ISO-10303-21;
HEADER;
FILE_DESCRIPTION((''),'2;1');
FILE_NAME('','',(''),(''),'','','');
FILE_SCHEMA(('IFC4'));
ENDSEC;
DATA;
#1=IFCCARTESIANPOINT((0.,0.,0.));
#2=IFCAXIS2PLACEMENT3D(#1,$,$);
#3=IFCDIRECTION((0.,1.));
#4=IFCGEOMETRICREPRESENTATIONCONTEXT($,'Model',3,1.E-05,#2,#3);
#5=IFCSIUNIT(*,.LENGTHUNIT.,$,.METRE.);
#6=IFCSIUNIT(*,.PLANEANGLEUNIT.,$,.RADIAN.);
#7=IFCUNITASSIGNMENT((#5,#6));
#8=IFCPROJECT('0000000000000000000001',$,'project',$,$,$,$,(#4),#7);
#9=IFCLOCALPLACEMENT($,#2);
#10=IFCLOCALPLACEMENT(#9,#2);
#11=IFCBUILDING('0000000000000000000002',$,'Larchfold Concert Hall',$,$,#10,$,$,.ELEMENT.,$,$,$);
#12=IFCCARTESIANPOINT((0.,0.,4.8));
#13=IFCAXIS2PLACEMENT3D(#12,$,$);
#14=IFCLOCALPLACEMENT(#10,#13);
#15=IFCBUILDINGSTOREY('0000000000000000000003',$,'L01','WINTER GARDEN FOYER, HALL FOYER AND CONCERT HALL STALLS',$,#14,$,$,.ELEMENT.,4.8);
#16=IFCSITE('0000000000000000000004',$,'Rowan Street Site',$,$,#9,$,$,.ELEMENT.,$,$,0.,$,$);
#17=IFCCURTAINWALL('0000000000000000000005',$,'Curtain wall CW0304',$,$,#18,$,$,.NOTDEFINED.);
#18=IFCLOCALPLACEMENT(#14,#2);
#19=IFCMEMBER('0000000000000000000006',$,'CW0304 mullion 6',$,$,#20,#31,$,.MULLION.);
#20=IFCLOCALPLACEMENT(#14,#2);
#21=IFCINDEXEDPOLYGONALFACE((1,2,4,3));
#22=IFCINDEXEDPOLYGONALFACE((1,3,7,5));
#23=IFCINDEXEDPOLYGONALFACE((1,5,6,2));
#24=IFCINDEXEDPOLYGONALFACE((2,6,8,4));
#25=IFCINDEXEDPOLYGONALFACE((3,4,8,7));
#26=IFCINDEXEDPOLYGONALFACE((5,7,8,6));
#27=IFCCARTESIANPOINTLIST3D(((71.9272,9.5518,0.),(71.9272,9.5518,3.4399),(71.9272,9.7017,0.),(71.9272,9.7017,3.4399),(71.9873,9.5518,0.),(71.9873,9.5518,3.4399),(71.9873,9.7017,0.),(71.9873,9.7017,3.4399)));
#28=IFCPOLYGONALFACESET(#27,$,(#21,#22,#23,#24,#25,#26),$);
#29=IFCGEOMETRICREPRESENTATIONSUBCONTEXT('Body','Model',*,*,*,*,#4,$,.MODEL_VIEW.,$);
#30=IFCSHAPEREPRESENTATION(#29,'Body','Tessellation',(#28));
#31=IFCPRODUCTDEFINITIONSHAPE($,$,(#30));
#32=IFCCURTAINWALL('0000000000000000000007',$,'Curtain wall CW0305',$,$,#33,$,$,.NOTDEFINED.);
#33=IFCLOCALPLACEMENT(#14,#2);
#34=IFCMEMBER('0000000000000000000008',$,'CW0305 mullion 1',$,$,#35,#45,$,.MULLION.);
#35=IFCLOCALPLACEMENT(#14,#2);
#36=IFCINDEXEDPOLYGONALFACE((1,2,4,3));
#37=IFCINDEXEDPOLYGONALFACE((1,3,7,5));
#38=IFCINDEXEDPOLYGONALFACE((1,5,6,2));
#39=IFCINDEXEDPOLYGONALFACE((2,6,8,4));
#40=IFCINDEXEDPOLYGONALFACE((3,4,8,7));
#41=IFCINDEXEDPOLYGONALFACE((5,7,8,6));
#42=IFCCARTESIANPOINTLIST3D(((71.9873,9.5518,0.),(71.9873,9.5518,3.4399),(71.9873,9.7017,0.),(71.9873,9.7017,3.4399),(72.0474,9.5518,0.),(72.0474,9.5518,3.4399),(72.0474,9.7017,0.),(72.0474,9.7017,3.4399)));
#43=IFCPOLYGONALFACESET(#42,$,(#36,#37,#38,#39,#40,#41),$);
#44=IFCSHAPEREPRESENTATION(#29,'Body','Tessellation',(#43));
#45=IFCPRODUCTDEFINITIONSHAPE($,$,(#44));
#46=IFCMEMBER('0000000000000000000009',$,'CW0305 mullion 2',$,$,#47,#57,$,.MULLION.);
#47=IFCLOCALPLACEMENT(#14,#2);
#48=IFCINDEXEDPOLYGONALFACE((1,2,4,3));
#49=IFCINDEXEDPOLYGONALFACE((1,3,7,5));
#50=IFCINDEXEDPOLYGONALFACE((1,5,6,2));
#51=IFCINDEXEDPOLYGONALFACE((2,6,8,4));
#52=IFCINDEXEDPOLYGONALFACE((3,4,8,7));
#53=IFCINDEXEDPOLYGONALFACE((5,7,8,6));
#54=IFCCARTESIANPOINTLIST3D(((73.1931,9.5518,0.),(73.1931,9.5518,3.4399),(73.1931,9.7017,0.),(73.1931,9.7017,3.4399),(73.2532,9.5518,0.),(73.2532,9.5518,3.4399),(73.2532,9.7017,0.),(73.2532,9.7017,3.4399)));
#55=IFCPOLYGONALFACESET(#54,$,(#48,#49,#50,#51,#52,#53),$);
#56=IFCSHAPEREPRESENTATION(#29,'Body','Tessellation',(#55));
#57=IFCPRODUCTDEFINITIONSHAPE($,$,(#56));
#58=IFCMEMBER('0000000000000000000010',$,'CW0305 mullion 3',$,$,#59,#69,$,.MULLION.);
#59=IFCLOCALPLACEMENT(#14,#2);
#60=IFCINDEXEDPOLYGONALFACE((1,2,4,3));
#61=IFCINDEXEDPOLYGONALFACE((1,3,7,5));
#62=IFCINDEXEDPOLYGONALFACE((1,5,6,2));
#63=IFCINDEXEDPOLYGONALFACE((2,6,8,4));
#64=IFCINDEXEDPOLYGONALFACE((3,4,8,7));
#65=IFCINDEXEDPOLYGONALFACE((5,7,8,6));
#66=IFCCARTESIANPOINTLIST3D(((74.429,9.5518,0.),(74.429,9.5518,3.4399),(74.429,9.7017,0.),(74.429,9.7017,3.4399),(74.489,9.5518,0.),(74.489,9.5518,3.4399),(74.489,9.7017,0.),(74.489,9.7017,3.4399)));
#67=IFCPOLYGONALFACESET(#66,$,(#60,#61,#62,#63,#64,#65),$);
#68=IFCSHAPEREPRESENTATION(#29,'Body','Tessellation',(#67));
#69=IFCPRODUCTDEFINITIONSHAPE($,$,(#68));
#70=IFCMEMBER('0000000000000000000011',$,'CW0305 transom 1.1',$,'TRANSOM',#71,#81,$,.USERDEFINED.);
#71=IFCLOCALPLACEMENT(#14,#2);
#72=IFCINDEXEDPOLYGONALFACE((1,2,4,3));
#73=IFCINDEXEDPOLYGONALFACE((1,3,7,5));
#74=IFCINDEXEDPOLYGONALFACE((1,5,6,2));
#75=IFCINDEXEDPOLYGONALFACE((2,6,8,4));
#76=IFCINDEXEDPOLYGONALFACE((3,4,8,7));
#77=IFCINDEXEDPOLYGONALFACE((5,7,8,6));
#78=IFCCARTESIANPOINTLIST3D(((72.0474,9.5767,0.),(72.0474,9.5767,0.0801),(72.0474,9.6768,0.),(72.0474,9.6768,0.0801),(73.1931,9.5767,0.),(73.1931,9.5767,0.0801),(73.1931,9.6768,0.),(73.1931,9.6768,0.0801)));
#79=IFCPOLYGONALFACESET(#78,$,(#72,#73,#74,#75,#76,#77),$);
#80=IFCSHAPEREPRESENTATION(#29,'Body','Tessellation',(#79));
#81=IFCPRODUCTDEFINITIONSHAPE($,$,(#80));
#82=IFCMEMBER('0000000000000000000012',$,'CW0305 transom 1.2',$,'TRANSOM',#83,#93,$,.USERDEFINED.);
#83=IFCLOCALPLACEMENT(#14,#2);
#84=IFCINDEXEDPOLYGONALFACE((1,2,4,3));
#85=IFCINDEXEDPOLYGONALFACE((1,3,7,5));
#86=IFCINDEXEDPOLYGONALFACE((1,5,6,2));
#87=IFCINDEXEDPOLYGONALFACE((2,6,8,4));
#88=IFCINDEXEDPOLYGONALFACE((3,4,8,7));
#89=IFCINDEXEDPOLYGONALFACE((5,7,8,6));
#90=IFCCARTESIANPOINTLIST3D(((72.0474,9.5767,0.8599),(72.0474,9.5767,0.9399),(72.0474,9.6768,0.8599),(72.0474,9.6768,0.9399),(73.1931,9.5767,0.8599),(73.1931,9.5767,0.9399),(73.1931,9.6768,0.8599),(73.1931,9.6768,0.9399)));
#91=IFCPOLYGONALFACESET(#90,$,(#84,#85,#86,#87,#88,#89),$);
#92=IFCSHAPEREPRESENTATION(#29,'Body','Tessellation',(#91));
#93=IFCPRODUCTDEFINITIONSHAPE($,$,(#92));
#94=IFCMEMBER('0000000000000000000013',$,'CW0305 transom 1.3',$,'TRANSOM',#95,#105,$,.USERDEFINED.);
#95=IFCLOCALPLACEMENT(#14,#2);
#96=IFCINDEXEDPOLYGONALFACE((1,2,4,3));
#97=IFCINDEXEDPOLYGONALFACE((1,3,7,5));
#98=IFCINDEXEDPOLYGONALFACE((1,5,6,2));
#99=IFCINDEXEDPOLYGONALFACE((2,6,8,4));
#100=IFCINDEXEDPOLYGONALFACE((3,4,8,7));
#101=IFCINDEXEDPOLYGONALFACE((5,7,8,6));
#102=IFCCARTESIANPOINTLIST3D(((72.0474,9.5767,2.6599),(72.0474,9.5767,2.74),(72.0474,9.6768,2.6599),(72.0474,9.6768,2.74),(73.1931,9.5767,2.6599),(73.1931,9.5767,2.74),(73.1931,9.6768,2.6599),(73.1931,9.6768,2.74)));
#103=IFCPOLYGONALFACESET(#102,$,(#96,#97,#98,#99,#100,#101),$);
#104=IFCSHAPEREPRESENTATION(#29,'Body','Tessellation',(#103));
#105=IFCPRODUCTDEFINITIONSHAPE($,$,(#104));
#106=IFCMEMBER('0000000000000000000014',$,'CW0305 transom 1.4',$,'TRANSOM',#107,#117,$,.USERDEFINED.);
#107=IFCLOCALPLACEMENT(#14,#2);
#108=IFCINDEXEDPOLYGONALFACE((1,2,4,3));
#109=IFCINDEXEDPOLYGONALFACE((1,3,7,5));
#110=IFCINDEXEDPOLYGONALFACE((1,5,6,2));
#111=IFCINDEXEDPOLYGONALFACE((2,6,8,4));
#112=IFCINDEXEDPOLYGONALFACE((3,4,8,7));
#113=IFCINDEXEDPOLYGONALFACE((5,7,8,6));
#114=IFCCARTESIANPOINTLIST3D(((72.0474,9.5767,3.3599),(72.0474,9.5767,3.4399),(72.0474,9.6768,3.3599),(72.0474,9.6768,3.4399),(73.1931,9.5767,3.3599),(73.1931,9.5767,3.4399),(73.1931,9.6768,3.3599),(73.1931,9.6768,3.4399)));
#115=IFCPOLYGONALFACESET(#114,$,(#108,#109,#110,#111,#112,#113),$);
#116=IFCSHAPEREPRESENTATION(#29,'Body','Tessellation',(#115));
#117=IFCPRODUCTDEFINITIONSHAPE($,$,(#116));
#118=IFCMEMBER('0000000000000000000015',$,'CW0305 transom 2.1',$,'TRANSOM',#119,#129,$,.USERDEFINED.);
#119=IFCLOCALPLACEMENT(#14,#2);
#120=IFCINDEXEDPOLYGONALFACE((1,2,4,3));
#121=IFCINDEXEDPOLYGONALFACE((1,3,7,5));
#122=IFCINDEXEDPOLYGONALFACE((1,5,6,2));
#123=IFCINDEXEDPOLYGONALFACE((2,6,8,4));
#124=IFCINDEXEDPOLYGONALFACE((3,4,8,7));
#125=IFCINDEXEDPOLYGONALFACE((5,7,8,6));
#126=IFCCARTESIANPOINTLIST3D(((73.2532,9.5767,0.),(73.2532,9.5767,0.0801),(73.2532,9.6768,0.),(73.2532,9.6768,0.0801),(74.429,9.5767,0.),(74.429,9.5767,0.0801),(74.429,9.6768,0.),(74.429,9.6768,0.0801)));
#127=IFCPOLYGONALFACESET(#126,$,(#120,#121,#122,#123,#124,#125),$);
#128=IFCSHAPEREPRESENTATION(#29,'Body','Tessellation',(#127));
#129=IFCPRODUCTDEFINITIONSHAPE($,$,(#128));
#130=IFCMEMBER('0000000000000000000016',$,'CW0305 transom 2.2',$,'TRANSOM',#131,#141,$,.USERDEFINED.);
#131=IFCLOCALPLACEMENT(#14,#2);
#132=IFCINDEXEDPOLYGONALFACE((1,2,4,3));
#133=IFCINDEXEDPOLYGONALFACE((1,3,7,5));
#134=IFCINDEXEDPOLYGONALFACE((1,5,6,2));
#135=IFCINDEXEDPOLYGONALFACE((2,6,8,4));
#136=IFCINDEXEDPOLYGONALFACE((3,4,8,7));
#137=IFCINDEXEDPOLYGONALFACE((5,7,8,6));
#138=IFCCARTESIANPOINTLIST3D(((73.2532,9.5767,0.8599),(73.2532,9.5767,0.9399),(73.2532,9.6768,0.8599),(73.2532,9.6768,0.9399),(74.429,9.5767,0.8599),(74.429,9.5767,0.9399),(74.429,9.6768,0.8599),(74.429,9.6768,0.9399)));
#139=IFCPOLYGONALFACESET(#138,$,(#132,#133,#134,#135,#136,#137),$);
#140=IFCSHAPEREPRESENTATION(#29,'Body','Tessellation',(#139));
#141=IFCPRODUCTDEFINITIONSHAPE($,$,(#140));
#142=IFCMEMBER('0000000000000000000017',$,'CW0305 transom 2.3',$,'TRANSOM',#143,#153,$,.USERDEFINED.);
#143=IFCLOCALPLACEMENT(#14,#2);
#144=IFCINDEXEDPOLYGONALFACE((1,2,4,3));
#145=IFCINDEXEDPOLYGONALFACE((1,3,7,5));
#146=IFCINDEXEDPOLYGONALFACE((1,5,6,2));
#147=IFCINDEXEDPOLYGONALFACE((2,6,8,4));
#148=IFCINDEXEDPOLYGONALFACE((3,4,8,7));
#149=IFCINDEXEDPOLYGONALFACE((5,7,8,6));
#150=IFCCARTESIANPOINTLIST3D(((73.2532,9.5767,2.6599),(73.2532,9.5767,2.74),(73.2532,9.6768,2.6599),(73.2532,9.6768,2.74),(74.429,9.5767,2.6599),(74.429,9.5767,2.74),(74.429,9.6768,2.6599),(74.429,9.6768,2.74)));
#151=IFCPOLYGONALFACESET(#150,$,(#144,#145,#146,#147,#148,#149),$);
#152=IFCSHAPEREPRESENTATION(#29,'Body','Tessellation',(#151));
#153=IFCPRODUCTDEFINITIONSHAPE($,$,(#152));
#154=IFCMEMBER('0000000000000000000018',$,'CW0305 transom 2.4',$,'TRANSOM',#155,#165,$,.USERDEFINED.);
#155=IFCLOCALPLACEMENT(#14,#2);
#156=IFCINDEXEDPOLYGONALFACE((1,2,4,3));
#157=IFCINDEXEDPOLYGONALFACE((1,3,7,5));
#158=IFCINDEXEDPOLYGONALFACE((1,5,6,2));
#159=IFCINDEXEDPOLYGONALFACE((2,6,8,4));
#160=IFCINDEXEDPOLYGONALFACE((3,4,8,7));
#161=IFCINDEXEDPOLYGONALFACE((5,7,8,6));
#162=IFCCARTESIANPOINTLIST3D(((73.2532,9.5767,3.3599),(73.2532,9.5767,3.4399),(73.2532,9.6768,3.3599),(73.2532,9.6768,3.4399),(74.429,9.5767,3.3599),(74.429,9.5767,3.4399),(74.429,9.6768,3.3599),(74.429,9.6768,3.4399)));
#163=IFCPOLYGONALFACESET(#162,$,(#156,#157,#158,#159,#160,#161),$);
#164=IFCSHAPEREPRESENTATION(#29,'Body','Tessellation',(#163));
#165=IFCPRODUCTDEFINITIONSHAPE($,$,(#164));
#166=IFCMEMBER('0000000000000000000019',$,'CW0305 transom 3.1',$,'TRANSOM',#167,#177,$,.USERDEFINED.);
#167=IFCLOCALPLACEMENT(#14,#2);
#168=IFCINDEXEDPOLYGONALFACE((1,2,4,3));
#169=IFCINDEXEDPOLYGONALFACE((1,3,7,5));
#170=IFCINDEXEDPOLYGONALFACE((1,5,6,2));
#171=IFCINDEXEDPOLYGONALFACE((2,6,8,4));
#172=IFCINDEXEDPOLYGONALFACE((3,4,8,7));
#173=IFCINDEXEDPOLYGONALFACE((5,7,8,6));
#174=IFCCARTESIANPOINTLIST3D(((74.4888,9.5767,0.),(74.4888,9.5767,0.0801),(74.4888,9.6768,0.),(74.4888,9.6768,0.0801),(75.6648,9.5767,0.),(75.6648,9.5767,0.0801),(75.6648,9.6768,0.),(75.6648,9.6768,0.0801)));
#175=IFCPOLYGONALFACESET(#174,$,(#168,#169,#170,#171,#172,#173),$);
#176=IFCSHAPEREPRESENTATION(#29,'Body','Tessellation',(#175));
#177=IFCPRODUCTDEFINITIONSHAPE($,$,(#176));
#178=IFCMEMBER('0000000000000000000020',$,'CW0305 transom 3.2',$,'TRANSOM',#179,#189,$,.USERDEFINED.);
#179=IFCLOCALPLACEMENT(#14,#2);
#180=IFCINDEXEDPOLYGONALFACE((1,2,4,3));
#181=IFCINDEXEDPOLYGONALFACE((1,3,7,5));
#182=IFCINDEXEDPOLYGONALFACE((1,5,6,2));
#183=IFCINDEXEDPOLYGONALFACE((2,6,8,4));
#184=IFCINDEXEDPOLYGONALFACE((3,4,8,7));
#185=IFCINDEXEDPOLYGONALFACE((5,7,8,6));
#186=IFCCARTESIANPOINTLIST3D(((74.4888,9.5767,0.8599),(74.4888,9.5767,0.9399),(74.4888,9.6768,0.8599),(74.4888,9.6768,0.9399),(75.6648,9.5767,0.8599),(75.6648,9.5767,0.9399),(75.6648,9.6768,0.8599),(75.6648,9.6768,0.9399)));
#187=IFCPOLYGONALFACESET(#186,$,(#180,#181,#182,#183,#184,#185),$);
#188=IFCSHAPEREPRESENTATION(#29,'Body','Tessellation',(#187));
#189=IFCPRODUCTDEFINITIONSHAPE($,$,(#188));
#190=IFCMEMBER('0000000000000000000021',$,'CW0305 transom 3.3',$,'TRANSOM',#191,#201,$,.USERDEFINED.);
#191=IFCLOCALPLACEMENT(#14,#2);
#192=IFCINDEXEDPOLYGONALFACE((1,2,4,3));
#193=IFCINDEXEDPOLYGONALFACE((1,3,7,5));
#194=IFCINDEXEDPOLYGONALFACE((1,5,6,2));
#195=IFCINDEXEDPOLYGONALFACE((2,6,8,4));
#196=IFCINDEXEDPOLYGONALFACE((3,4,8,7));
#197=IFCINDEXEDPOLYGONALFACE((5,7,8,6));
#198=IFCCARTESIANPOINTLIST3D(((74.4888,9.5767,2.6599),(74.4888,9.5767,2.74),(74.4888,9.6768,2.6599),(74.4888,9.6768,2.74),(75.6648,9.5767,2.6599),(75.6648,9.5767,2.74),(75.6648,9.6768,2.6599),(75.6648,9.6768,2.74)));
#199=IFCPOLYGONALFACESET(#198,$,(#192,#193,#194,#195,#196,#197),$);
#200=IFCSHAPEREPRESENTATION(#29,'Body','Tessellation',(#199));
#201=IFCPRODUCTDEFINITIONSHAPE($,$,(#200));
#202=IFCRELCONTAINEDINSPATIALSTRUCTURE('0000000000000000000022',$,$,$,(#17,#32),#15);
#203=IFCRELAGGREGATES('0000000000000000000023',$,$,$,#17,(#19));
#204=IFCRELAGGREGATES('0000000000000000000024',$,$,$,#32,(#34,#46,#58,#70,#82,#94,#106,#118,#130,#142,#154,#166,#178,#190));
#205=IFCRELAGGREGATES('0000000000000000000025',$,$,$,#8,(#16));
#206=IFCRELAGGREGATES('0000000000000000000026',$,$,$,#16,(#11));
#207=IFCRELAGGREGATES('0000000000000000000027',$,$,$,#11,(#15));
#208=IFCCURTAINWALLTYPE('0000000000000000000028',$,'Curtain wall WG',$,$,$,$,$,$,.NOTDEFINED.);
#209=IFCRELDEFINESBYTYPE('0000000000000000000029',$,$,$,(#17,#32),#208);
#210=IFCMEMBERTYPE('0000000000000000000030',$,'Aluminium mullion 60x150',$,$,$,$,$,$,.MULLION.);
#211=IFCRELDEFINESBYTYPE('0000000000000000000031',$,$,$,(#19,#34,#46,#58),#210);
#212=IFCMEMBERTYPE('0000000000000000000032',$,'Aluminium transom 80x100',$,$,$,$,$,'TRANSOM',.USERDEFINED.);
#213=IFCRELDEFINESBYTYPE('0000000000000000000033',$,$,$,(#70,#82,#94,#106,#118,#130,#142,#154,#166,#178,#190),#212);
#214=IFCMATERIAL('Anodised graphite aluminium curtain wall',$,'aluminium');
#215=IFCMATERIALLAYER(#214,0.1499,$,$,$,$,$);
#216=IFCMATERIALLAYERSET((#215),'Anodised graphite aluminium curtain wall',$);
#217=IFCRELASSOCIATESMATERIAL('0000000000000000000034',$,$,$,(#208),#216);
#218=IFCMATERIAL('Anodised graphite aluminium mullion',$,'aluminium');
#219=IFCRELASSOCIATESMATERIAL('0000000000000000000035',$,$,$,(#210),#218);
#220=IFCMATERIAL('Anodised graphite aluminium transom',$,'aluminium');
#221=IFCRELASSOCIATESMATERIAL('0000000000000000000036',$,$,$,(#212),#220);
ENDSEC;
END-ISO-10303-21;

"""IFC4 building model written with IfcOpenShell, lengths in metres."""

from ifc_helpers import new_model, si_unit, direction, frame, origin, origin_2d, place, context, subcontext, project, spatial, rectangle, extrude, material, layer, layer_set, material_profile, profile_set, type_object, element, aggregate, save


model = new_model("IFC4")

# Units and contexts
model_context = context("Model", 3, precision=1e-05, world=origin(), true_north=direction((0.0, 1.0)))
body_context = subcontext(model_context, "Body", "Model", "MODEL_VIEW")
ifc_project = project(units=[si_unit("LENGTHUNIT", "METRE"), si_unit("PLANEANGLEUNIT", "RADIAN")], contexts=[model_context])

# Site, building, storey
site_placement = place(None, origin())
site = spatial("IfcSite", under=ifc_project, at=site_placement, Name="Rowan Street Site", CompositionType="ELEMENT", RefElevation=0.0)
building_placement = place(site_placement, origin())
building = spatial("IfcBuilding", under=site, at=building_placement, Name="Larchfold Concert Hall", CompositionType="ELEMENT")
storey_placement = place(building_placement, frame((0.0, 0.0, 4.8)))
storey = spatial("IfcBuildingStorey", under=building, at=storey_placement, Name="L01", Description="WINTER GARDEN FOYER, HALL FOYER AND CONCERT HALL STALLS", CompositionType="ELEMENT", Elevation=4.8)

# Curtain wall, member
ifc_material_1 = material(Name="Anodised graphite aluminium curtain wall", Category="aluminium")
ifc_layer_1 = layer(ifc_material_1, 0.1499)
ifc_layer_set_1 = layer_set([ifc_layer_1], Name="Anodised graphite aluminium curtain wall")
curtain_wall_type = type_object("IfcCurtainWallType", Name="Curtain wall WG", PredefinedType="NOTDEFINED", material=ifc_layer_set_1)
curtain_wall_1_placement = place(storey_placement, origin())
curtain_wall_1 = element("IfcCurtainWall", 1, at=curtain_wall_1_placement, inside=storey, type_object=curtain_wall_type, Name="Curtain wall CW0304", PredefinedType="NOTDEFINED")
ifc_material_2 = material(Name="Anodised graphite aluminium mullion", Category="aluminium")
ifc_material_profile_1 = material_profile(ifc_material_2, rectangle(XDim=0.1499, YDim=0.0601, at=origin_2d()))
ifc_profile_set_1 = profile_set([ifc_material_profile_1], Name="Anodised graphite aluminium mullion")
member_type_1 = type_object("IfcMemberType", Name="Aluminium mullion 60x150", PredefinedType="MULLION", material=ifc_profile_set_1)
member_1_placement = place(storey_placement, frame((71.9573, 9.6267, 0.0), z_axis=(0.0, 0.0, 1.0), x_axis=(0.0, 1.0, 0.0)))
member_1 = element("IfcMember", 2, at=member_1_placement, type_object=member_type_1, Name="CW0304 mullion 6", PredefinedType="MULLION", context=body_context, shape_type="SweptSolid", body=[
    extrude(rectangle(XDim=0.1499, YDim=0.0601, at=origin_2d()), origin(), (0.0, 0.0, 1.0), 3.4399),
])

# Curtain wall, members
curtain_wall_2_placement = place(storey_placement, origin())
curtain_wall_2 = element("IfcCurtainWall", 3, at=curtain_wall_2_placement, inside=storey, type_object=curtain_wall_type, Name="Curtain wall CW0305", PredefinedType="NOTDEFINED")
member_2_placement = place(storey_placement, frame((72.0173, 9.6267, 0.0), z_axis=(0.0, 0.0, 1.0), x_axis=(0.0, 1.0, 0.0)))
member_2 = element("IfcMember", 4, at=member_2_placement, type_object=member_type_1, Name="CW0305 mullion 1", PredefinedType="MULLION", context=body_context, shape_type="SweptSolid", body=[
    extrude(rectangle(XDim=0.1499, YDim=0.0601, at=origin_2d()), origin(), (0.0, 0.0, 1.0), 3.4399),
])
member_3_placement = place(storey_placement, frame((73.2231, 9.6267, 0.0), z_axis=(0.0, 0.0, 1.0), x_axis=(0.0, 1.0, 0.0)))
member_3 = element("IfcMember", 5, at=member_3_placement, type_object=member_type_1, Name="CW0305 mullion 2", PredefinedType="MULLION", context=body_context, shape_type="SweptSolid", body=[
    extrude(rectangle(XDim=0.1499, YDim=0.0601, at=origin_2d()), origin(), (0.0, 0.0, 1.0), 3.4399),
])
member_4_placement = place(storey_placement, frame((74.459, 9.6267, 0.0), z_axis=(0.0, 0.0, 1.0), x_axis=(0.0, 1.0, 0.0)))
member_4 = element("IfcMember", 6, at=member_4_placement, type_object=member_type_1, Name="CW0305 mullion 3", PredefinedType="MULLION", context=body_context, shape_type="SweptSolid", body=[
    extrude(rectangle(XDim=0.1499, YDim=0.0601, at=origin_2d()), origin(), (0.0, 0.0, 1.0), 3.4399),
])
ifc_material_3 = material(Name="Anodised graphite aluminium transom", Category="aluminium")
ifc_material_profile_2 = material_profile(ifc_material_3, rectangle(XDim=0.1001, YDim=0.0801, at=origin_2d()))
ifc_profile_set_2 = profile_set([ifc_material_profile_2], Name="Anodised graphite aluminium transom")
member_type_2 = type_object("IfcMemberType", Name="Aluminium transom 80x100", ElementType="TRANSOM", PredefinedType="USERDEFINED", material=ifc_profile_set_2)
member_5_placement = place(storey_placement, frame((72.0474, 9.6267, 0.04), z_axis=(1.0, 0.0, 0.0), x_axis=(0.0, 1.0, 0.0)))
member_5 = element("IfcMember", 7, at=member_5_placement, type_object=member_type_2, Name="CW0305 transom 1.1", ObjectType="TRANSOM", PredefinedType="USERDEFINED", context=body_context, shape_type="SweptSolid", body=[
    extrude(rectangle(XDim=0.1001, YDim=0.0801, at=origin_2d()), origin(), (0.0, 0.0, 1.0), 1.1458),
])
member_6_placement = place(storey_placement, frame((72.0474, 9.6267, 0.8999), z_axis=(1.0, 0.0, 0.0), x_axis=(0.0, 1.0, 0.0)))
member_6 = element("IfcMember", 8, at=member_6_placement, type_object=member_type_2, Name="CW0305 transom 1.2", ObjectType="TRANSOM", PredefinedType="USERDEFINED", context=body_context, shape_type="SweptSolid", body=[
    extrude(rectangle(XDim=0.1001, YDim=0.0801, at=origin_2d()), origin(), (0.0, 0.0, 1.0), 1.1458),
])
member_7_placement = place(storey_placement, frame((72.0474, 9.6267, 2.7), z_axis=(1.0, 0.0, 0.0), x_axis=(0.0, 1.0, 0.0)))
member_7 = element("IfcMember", 9, at=member_7_placement, type_object=member_type_2, Name="CW0305 transom 1.3", ObjectType="TRANSOM", PredefinedType="USERDEFINED", context=body_context, shape_type="SweptSolid", body=[
    extrude(rectangle(XDim=0.1001, YDim=0.0801, at=origin_2d()), origin(), (0.0, 0.0, 1.0), 1.1458),
])
member_8_placement = place(storey_placement, frame((72.0474, 9.6267, 3.3999), z_axis=(1.0, 0.0, 0.0), x_axis=(0.0, 1.0, 0.0)))
member_8 = element("IfcMember", 10, at=member_8_placement, type_object=member_type_2, Name="CW0305 transom 1.4", ObjectType="TRANSOM", PredefinedType="USERDEFINED", context=body_context, shape_type="SweptSolid", body=[
    extrude(rectangle(XDim=0.1001, YDim=0.0801, at=origin_2d()), origin(), (0.0, 0.0, 1.0), 1.1458),
])
member_9_placement = place(storey_placement, frame((73.2532, 9.6267, 0.04), z_axis=(1.0, 0.0, 0.0), x_axis=(0.0, 1.0, 0.0)))
member_9 = element("IfcMember", 11, at=member_9_placement, type_object=member_type_2, Name="CW0305 transom 2.1", ObjectType="TRANSOM", PredefinedType="USERDEFINED", context=body_context, shape_type="SweptSolid", body=[
    extrude(rectangle(XDim=0.1001, YDim=0.0801, at=origin_2d()), origin(), (0.0, 0.0, 1.0), 1.1758),
])
member_10_placement = place(storey_placement, frame((73.2532, 9.6267, 0.8999), z_axis=(1.0, 0.0, 0.0), x_axis=(0.0, 1.0, 0.0)))
member_10 = element("IfcMember", 12, at=member_10_placement, type_object=member_type_2, Name="CW0305 transom 2.2", ObjectType="TRANSOM", PredefinedType="USERDEFINED", context=body_context, shape_type="SweptSolid", body=[
    extrude(rectangle(XDim=0.1001, YDim=0.0801, at=origin_2d()), origin(), (0.0, 0.0, 1.0), 1.1758),
])
member_11_placement = place(storey_placement, frame((73.2532, 9.6267, 2.7), z_axis=(1.0, 0.0, 0.0), x_axis=(0.0, 1.0, 0.0)))
member_11 = element("IfcMember", 13, at=member_11_placement, type_object=member_type_2, Name="CW0305 transom 2.3", ObjectType="TRANSOM", PredefinedType="USERDEFINED", context=body_context, shape_type="SweptSolid", body=[
    extrude(rectangle(XDim=0.1001, YDim=0.0801, at=origin_2d()), origin(), (0.0, 0.0, 1.0), 1.1758),
])
member_12_placement = place(storey_placement, frame((73.2532, 9.6267, 3.3999), z_axis=(1.0, 0.0, 0.0), x_axis=(0.0, 1.0, 0.0)))
member_12 = element("IfcMember", 14, at=member_12_placement, type_object=member_type_2, Name="CW0305 transom 2.4", ObjectType="TRANSOM", PredefinedType="USERDEFINED", context=body_context, shape_type="SweptSolid", body=[
    extrude(rectangle(XDim=0.1001, YDim=0.0801, at=origin_2d()), origin(), (0.0, 0.0, 1.0), 1.1758),
])
member_13_placement = place(storey_placement, frame((74.4888, 9.6267, 0.04), z_axis=(1.0, 0.0, 0.0), x_axis=(0.0, 1.0, 0.0)))
member_13 = element("IfcMember", 15, at=member_13_placement, type_object=member_type_2, Name="CW0305 transom 3.1", ObjectType="TRANSOM", PredefinedType="USERDEFINED", context=body_context, shape_type="SweptSolid", body=[
    extrude(rectangle(XDim=0.1001, YDim=0.0801, at=origin_2d()), origin(), (0.0, 0.0, 1.0), 1.176),
])
member_14_placement = place(storey_placement, frame((74.4888, 9.6267, 0.8999), z_axis=(1.0, 0.0, 0.0), x_axis=(0.0, 1.0, 0.0)))
member_14 = element("IfcMember", 16, at=member_14_placement, type_object=member_type_2, Name="CW0305 transom 3.2", ObjectType="TRANSOM", PredefinedType="USERDEFINED", context=body_context, shape_type="SweptSolid", body=[
    extrude(rectangle(XDim=0.1001, YDim=0.0801, at=origin_2d()), origin(), (0.0, 0.0, 1.0), 1.176),
])
member_15_placement = place(storey_placement, frame((74.4888, 9.6267, 2.7), z_axis=(1.0, 0.0, 0.0), x_axis=(0.0, 1.0, 0.0)))
member_15 = element("IfcMember", 17, at=member_15_placement, type_object=member_type_2, Name="CW0305 transom 3.3", ObjectType="TRANSOM", PredefinedType="USERDEFINED", context=body_context, shape_type="SweptSolid", body=[
    extrude(rectangle(XDim=0.1001, YDim=0.0801, at=origin_2d()), origin(), (0.0, 0.0, 1.0), 1.176),
])

aggregate(curtain_wall_1, [member_1])
aggregate(curtain_wall_2, [member_2, member_3, member_4, member_5, member_6, member_7, member_8, member_9, member_10, member_11, member_12, member_13, member_14, member_15])

save(model, "model.ifc")
